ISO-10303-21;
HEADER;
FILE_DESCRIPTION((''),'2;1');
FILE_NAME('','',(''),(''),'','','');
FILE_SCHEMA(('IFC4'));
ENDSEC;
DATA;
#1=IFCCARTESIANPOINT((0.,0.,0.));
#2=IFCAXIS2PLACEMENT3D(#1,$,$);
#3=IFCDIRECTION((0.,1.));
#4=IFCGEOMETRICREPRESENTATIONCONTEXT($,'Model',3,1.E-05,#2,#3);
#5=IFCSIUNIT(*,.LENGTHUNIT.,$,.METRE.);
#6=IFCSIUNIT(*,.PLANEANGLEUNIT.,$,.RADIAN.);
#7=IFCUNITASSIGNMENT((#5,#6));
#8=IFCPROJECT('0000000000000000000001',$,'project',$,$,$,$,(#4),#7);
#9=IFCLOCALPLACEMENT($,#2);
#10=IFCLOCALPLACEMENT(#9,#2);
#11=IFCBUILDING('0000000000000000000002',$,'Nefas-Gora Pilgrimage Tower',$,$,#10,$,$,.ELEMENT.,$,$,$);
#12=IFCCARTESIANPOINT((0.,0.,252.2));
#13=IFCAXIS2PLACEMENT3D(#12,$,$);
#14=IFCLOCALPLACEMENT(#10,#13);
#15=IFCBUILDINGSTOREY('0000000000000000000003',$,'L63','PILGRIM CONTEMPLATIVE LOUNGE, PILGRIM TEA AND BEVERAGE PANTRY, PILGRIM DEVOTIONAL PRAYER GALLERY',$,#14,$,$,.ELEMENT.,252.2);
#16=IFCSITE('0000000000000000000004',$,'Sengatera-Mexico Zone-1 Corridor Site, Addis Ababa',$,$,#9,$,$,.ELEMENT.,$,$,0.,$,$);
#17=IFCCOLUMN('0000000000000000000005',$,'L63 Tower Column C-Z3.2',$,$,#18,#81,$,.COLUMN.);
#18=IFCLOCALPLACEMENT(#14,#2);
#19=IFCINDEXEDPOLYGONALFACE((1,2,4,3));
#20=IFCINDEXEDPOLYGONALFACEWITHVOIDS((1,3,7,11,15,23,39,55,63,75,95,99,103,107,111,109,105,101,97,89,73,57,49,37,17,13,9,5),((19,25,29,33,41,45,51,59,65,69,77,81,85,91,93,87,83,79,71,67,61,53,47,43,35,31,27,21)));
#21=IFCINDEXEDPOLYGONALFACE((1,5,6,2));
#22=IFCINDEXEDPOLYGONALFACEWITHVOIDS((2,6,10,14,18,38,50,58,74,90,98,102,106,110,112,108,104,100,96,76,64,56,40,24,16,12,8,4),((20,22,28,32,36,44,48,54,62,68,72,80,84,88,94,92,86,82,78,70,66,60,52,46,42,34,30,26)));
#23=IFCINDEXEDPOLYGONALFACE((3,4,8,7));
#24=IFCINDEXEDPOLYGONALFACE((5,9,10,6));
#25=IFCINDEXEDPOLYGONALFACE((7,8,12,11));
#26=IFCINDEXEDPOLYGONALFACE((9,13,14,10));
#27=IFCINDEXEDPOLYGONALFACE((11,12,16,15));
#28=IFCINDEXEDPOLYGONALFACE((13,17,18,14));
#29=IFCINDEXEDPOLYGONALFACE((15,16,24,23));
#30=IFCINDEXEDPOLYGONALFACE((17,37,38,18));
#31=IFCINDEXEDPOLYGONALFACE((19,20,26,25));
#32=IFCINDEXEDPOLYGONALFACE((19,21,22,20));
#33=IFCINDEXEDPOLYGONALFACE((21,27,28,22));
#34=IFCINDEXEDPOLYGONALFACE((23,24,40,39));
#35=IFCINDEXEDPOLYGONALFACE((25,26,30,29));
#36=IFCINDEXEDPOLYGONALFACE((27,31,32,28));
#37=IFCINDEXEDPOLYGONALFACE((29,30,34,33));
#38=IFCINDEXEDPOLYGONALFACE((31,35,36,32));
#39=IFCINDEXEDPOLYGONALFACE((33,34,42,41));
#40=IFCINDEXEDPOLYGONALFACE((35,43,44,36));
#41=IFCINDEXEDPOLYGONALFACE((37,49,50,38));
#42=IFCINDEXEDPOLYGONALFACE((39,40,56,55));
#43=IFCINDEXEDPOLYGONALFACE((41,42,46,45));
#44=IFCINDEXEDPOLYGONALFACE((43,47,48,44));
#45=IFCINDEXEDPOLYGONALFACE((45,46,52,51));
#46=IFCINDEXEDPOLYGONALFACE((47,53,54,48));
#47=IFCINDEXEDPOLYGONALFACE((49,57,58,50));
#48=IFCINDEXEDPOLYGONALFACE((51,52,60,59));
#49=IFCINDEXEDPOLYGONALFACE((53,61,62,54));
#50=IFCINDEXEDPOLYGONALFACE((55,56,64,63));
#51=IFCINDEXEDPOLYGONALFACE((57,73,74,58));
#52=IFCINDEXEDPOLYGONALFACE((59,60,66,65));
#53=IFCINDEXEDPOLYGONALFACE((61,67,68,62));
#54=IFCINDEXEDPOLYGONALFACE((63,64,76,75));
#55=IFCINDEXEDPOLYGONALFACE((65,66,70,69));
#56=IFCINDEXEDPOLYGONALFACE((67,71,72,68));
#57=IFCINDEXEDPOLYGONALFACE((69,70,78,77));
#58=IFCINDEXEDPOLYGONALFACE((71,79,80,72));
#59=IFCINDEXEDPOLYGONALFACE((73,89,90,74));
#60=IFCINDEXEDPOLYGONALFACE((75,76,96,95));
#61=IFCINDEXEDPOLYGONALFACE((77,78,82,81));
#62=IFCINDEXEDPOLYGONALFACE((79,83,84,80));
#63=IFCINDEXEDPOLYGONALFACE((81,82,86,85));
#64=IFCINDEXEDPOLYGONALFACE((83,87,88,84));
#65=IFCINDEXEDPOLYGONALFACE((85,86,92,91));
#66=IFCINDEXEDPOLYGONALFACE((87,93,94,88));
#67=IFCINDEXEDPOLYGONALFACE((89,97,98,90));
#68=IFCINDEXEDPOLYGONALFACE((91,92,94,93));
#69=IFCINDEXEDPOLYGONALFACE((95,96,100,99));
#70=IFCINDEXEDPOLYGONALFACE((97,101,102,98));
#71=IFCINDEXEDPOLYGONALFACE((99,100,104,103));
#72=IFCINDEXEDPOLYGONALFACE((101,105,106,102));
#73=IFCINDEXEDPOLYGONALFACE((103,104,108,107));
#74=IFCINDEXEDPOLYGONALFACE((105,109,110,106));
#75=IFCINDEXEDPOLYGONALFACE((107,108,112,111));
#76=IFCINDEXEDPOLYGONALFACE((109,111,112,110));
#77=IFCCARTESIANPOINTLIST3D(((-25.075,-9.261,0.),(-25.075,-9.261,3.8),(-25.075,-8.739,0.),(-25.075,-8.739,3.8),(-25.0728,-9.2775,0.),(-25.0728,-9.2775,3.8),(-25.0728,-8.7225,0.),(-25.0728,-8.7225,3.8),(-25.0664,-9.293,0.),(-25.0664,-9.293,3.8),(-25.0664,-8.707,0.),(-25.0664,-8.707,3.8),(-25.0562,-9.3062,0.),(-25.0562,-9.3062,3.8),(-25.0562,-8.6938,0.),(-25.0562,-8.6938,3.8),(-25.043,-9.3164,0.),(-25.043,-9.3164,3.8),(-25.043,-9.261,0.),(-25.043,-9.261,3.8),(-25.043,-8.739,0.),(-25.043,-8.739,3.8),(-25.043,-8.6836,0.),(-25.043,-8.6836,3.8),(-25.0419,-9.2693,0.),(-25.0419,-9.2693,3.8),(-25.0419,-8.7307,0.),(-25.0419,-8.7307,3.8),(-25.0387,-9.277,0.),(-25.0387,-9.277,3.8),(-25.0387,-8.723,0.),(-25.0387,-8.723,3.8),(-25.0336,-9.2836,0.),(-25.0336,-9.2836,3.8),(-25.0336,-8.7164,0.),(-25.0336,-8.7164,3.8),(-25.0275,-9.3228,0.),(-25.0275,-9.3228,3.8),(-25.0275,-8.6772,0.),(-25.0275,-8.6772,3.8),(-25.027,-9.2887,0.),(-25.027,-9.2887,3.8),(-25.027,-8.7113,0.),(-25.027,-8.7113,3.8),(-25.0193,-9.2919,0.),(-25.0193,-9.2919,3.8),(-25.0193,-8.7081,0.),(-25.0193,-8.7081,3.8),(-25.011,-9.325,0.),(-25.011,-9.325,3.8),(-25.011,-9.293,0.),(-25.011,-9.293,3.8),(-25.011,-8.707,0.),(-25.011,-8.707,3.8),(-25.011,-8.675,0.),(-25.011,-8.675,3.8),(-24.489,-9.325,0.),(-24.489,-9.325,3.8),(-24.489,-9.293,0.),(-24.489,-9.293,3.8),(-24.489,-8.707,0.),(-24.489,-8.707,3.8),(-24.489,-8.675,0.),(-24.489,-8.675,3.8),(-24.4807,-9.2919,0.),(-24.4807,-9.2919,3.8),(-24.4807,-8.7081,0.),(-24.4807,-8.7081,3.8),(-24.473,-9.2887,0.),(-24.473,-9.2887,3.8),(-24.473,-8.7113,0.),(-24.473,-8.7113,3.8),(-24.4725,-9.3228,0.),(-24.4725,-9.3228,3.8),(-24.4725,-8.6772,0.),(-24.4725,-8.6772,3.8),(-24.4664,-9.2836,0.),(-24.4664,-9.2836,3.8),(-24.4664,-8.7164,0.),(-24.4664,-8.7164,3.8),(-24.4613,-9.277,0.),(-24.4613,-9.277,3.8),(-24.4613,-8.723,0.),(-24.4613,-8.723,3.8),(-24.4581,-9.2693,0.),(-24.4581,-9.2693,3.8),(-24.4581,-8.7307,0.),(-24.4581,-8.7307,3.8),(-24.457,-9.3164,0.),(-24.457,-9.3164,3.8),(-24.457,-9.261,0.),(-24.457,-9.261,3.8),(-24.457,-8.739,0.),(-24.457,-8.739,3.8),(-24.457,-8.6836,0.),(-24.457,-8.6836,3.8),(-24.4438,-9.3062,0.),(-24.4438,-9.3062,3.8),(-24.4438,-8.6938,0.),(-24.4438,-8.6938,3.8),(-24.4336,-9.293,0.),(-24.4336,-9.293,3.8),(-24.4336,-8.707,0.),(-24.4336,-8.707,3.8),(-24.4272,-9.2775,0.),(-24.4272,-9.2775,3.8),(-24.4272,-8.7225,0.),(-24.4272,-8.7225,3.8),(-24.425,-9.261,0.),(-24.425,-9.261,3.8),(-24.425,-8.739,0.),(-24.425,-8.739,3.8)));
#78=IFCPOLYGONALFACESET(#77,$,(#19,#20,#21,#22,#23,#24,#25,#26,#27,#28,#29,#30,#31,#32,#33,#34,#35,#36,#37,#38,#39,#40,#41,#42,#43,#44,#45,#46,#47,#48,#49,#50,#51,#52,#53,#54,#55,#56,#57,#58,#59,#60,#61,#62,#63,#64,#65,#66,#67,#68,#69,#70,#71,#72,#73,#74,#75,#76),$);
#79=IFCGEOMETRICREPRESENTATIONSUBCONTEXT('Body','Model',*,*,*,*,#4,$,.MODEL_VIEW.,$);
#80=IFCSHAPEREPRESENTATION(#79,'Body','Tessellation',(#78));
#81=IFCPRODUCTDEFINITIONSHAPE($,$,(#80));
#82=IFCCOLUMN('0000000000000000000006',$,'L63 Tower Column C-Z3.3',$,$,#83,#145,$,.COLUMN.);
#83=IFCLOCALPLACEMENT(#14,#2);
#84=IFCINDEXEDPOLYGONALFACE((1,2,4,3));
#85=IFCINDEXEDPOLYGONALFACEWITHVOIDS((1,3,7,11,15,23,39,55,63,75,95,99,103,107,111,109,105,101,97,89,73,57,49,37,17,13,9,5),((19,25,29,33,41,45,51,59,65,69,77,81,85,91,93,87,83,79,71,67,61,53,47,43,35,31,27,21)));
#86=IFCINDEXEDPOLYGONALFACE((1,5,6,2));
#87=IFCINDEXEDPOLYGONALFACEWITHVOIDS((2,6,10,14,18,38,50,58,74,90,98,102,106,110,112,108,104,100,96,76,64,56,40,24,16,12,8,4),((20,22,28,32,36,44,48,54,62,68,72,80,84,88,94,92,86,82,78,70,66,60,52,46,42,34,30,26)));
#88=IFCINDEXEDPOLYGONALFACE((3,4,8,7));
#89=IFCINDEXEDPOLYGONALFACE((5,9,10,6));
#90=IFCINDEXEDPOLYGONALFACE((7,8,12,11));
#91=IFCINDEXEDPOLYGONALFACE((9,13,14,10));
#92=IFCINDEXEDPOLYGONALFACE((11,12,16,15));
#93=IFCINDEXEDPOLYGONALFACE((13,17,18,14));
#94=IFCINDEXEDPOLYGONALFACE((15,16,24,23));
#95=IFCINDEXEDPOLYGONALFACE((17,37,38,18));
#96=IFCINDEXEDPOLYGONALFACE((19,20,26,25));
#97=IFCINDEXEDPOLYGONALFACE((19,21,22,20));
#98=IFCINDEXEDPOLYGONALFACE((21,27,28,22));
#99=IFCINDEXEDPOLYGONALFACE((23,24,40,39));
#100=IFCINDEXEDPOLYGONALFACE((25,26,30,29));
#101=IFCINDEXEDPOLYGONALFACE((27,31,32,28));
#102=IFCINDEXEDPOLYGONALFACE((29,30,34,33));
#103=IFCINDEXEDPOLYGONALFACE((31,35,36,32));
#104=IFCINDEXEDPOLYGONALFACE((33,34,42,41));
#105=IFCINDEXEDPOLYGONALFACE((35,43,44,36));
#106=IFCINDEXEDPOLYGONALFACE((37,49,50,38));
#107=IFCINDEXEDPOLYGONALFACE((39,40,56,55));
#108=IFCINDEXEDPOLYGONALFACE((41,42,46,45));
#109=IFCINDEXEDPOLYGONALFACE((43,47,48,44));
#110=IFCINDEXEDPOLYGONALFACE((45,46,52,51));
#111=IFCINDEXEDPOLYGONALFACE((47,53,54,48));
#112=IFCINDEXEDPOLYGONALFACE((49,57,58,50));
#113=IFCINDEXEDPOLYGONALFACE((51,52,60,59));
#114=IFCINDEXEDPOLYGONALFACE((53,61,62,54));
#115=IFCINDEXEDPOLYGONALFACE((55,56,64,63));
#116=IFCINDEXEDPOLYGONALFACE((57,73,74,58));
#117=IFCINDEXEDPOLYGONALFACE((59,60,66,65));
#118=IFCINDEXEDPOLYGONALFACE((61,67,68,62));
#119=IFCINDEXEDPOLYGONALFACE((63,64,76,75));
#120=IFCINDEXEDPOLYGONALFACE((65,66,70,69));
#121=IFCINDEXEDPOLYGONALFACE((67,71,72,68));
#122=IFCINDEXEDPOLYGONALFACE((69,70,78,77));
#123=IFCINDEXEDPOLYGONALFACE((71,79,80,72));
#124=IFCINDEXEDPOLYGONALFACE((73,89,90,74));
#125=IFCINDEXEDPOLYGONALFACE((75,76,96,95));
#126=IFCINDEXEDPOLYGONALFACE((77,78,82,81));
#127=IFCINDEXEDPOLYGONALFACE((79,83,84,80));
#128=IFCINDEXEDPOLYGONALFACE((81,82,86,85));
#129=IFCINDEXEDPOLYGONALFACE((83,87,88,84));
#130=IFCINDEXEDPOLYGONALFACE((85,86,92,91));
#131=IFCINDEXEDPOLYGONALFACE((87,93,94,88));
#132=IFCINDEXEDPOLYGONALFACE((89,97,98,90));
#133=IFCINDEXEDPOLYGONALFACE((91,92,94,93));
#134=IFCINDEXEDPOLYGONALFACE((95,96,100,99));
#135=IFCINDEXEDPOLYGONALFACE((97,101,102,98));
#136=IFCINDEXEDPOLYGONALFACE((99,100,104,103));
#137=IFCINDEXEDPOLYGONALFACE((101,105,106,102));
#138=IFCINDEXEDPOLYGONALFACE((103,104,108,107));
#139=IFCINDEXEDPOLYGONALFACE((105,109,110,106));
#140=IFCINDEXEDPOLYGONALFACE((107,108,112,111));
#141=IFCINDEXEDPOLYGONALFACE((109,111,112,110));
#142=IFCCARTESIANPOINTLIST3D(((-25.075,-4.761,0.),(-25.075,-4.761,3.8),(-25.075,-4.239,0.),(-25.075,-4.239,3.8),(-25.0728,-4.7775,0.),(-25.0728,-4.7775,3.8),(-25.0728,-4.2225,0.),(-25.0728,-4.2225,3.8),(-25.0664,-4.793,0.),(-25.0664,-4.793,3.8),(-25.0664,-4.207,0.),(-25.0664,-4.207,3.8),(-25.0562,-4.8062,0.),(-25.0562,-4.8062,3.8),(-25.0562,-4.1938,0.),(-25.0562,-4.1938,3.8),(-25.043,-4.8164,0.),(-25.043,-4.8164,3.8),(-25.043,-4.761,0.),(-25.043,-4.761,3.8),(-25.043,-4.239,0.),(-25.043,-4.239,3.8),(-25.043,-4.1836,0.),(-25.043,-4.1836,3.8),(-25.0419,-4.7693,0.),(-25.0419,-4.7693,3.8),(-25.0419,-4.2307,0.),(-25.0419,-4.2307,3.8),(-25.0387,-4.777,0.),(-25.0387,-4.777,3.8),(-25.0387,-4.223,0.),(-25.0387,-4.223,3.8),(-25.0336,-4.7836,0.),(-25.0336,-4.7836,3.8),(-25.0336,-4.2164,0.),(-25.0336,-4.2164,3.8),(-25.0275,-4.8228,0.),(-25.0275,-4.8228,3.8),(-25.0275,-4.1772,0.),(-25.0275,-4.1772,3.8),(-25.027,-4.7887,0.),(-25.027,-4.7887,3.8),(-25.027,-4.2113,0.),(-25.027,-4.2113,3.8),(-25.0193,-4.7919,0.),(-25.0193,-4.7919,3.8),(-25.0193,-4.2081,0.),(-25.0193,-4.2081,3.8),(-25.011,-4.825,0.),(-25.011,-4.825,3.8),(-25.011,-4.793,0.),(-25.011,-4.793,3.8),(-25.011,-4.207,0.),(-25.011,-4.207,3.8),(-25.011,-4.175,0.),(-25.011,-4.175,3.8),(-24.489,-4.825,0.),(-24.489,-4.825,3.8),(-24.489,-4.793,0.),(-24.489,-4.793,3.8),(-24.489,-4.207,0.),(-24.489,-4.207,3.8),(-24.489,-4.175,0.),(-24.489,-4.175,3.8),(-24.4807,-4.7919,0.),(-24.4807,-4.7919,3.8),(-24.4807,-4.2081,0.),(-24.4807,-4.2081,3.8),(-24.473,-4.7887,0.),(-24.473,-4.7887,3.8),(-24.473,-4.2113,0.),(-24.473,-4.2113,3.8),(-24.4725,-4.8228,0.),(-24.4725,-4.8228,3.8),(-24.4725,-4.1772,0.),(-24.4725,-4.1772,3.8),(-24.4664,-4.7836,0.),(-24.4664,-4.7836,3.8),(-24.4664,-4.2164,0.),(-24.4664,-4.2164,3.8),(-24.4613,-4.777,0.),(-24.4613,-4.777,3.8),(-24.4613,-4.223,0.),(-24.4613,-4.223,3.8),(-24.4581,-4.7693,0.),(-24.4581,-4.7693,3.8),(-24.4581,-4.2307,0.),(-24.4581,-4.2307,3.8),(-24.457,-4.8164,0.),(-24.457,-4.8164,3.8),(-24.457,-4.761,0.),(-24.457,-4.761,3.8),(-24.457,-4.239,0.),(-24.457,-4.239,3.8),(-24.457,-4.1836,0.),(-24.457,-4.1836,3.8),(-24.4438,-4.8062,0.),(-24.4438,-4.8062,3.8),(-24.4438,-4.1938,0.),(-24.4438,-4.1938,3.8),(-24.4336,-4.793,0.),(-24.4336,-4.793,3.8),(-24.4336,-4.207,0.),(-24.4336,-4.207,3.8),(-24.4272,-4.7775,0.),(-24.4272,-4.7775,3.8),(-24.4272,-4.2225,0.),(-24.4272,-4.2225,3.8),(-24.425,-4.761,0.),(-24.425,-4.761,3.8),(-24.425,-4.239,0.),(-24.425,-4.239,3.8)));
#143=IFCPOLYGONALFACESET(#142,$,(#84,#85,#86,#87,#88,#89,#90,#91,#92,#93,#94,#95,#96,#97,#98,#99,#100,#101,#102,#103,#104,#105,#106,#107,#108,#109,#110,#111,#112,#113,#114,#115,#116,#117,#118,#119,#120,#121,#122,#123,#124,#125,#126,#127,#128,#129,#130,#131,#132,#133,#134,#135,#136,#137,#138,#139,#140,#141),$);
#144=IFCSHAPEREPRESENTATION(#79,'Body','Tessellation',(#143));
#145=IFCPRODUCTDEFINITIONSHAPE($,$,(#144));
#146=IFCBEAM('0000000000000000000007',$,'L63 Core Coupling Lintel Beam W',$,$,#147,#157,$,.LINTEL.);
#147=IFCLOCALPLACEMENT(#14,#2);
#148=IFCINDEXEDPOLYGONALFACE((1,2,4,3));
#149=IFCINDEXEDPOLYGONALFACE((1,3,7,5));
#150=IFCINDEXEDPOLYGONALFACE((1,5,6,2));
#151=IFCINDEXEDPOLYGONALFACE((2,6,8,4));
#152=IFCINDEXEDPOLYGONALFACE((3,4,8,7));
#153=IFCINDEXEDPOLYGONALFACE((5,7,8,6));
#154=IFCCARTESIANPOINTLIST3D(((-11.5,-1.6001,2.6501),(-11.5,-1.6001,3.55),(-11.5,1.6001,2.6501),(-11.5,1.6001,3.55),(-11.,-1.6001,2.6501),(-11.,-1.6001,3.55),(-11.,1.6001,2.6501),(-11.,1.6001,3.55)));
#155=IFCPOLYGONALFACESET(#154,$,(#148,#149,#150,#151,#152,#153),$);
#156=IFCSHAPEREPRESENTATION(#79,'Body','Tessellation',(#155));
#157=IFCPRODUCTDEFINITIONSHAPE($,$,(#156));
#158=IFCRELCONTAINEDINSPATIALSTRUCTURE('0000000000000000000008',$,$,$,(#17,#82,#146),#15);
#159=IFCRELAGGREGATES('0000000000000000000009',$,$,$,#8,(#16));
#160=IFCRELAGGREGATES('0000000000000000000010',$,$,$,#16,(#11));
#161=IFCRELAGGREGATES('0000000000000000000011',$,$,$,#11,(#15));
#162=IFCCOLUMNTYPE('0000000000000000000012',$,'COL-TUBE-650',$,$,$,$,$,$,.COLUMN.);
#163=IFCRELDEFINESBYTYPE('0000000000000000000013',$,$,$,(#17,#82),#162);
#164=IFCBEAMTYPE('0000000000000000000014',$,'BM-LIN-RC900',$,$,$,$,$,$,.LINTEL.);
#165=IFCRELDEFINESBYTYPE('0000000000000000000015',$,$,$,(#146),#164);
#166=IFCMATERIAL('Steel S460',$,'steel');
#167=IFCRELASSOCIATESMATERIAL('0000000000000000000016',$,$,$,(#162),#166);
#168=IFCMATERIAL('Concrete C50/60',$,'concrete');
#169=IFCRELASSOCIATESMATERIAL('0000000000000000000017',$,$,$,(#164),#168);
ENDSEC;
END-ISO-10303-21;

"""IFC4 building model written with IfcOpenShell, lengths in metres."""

from ifc_helpers import new_model, si_unit, direction, frame, origin, origin_2d, place, context, subcontext, project, spatial, rectangle, hollow_rectangle, extrude, source, transform, mapped, material, material_profile, profile_set, type_object, element, save


model = new_model("IFC4")

# Units and contexts
model_context = context("Model", 3, precision=1e-05, world=origin(), true_north=direction((0.0, 1.0)))
body_context = subcontext(model_context, "Body", "Model", "MODEL_VIEW")
ifc_project = project(units=[si_unit("LENGTHUNIT", "METRE"), si_unit("PLANEANGLEUNIT", "RADIAN")], contexts=[model_context])

# Site, building, storey
site_placement = place(None, origin())
site = spatial("IfcSite", under=ifc_project, at=site_placement, Name="Sengatera-Mexico Zone-1 Corridor Site, Addis Ababa", CompositionType="ELEMENT", RefElevation=0.0)
building_placement = place(site_placement, origin())
building = spatial("IfcBuilding", under=site, at=building_placement, Name="Nefas-Gora Pilgrimage Tower", CompositionType="ELEMENT")
storey_placement = place(building_placement, frame((0.0, 0.0, 252.2)))
storey = spatial("IfcBuildingStorey", under=building, at=storey_placement, Name="L63", Description="PILGRIM CONTEMPLATIVE LOUNGE, PILGRIM TEA AND BEVERAGE PANTRY, PILGRIM DEVOTIONAL PRAYER GALLERY", CompositionType="ELEMENT", Elevation=252.2)

# Columns
ifc_material_1 = material(Name="Steel S460", Category="steel")
ifc_material_profile_1 = material_profile(ifc_material_1, hollow_rectangle(XDim=0.6499, YDim=0.6499, WallThickness=0.032, InnerFilletRadius=0.032, OuterFilletRadius=0.064, at=origin_2d()), Name="BOX 650x650x32")
ifc_profile_set_1 = profile_set([ifc_material_profile_1], Name="Steel S460")
column_type_1 = type_object("IfcColumnType", Name="COL-TUBE-650", PredefinedType="COLUMN", material=ifc_profile_set_1)
shared_shape_1 = source(origin(), body_context, "Body", "SweptSolid", [
    extrude(hollow_rectangle(XDim=0.6499, YDim=0.6499, WallThickness=0.032, InnerFilletRadius=0.032, OuterFilletRadius=0.064, at=origin_2d()), origin(), (0.0, 0.0, 1.0), 3.8),
])
for number, where, z_axis, x_axis, name in (
    (1, (-24.75, -9.0, 0.0), (0.0, 0.0, 1.0), (1.0, 0.0, 0.0), "L63 Tower Column C-Z3.2"),
    (2, (-24.75, -4.5, 0.0), (0.0, 0.0, 1.0), (1.0, 0.0, 0.0), "L63 Tower Column C-Z3.3"),
):
    element("IfcColumn", number, at=place(storey_placement, frame(where, z_axis=z_axis, x_axis=x_axis)), inside=storey, type_object=column_type_1, Name=name, PredefinedType="COLUMN", context=body_context, shape_type="MappedRepresentation", body=[
        mapped(shared_shape_1, transform((0.0, 0.0, 0.0), x_axis=(1.0, 0.0, 0.0), y_axis=(0.0, 1.0, 0.0), z_axis=(0.0, 0.0, 1.0), scale=1.0)),
    ])

# Beam
ifc_material_2 = material(Name="Concrete C50/60", Category="concrete")
ifc_material_profile_2 = material_profile(ifc_material_2, rectangle(XDim=0.5, YDim=0.8999, at=origin_2d()), Name="RC 500x900")
ifc_profile_set_2 = profile_set([ifc_material_profile_2], Name="Concrete C50/60")
beam_type_1 = type_object("IfcBeamType", Name="BM-LIN-RC900", PredefinedType="LINTEL", material=ifc_profile_set_2)
shared_shape_2 = source(origin(), body_context, "Body", "SweptSolid", [
    extrude(rectangle(XDim=0.5, YDim=0.8999, at=origin_2d()), origin(), (0.0, 0.0, 1.0), 3.2002),
])
beam_placement = place(storey_placement, frame((-11.25, -1.6001, 3.1001), z_axis=(0.0, 1.0, 0.0), x_axis=(-1.0, 0.0, 0.0)))
element("IfcBeam", 3, at=beam_placement, inside=storey, type_object=beam_type_1, Name="L63 Core Coupling Lintel Beam W", PredefinedType="LINTEL", context=body_context, shape_type="MappedRepresentation", body=[
    mapped(shared_shape_2, transform((0.0, 0.0, 0.0), x_axis=(1.0, 0.0, 0.0), y_axis=(0.0, 1.0, 0.0), z_axis=(0.0, 0.0, 1.0), scale=1.0)),
])

save(model, "model.ifc")
